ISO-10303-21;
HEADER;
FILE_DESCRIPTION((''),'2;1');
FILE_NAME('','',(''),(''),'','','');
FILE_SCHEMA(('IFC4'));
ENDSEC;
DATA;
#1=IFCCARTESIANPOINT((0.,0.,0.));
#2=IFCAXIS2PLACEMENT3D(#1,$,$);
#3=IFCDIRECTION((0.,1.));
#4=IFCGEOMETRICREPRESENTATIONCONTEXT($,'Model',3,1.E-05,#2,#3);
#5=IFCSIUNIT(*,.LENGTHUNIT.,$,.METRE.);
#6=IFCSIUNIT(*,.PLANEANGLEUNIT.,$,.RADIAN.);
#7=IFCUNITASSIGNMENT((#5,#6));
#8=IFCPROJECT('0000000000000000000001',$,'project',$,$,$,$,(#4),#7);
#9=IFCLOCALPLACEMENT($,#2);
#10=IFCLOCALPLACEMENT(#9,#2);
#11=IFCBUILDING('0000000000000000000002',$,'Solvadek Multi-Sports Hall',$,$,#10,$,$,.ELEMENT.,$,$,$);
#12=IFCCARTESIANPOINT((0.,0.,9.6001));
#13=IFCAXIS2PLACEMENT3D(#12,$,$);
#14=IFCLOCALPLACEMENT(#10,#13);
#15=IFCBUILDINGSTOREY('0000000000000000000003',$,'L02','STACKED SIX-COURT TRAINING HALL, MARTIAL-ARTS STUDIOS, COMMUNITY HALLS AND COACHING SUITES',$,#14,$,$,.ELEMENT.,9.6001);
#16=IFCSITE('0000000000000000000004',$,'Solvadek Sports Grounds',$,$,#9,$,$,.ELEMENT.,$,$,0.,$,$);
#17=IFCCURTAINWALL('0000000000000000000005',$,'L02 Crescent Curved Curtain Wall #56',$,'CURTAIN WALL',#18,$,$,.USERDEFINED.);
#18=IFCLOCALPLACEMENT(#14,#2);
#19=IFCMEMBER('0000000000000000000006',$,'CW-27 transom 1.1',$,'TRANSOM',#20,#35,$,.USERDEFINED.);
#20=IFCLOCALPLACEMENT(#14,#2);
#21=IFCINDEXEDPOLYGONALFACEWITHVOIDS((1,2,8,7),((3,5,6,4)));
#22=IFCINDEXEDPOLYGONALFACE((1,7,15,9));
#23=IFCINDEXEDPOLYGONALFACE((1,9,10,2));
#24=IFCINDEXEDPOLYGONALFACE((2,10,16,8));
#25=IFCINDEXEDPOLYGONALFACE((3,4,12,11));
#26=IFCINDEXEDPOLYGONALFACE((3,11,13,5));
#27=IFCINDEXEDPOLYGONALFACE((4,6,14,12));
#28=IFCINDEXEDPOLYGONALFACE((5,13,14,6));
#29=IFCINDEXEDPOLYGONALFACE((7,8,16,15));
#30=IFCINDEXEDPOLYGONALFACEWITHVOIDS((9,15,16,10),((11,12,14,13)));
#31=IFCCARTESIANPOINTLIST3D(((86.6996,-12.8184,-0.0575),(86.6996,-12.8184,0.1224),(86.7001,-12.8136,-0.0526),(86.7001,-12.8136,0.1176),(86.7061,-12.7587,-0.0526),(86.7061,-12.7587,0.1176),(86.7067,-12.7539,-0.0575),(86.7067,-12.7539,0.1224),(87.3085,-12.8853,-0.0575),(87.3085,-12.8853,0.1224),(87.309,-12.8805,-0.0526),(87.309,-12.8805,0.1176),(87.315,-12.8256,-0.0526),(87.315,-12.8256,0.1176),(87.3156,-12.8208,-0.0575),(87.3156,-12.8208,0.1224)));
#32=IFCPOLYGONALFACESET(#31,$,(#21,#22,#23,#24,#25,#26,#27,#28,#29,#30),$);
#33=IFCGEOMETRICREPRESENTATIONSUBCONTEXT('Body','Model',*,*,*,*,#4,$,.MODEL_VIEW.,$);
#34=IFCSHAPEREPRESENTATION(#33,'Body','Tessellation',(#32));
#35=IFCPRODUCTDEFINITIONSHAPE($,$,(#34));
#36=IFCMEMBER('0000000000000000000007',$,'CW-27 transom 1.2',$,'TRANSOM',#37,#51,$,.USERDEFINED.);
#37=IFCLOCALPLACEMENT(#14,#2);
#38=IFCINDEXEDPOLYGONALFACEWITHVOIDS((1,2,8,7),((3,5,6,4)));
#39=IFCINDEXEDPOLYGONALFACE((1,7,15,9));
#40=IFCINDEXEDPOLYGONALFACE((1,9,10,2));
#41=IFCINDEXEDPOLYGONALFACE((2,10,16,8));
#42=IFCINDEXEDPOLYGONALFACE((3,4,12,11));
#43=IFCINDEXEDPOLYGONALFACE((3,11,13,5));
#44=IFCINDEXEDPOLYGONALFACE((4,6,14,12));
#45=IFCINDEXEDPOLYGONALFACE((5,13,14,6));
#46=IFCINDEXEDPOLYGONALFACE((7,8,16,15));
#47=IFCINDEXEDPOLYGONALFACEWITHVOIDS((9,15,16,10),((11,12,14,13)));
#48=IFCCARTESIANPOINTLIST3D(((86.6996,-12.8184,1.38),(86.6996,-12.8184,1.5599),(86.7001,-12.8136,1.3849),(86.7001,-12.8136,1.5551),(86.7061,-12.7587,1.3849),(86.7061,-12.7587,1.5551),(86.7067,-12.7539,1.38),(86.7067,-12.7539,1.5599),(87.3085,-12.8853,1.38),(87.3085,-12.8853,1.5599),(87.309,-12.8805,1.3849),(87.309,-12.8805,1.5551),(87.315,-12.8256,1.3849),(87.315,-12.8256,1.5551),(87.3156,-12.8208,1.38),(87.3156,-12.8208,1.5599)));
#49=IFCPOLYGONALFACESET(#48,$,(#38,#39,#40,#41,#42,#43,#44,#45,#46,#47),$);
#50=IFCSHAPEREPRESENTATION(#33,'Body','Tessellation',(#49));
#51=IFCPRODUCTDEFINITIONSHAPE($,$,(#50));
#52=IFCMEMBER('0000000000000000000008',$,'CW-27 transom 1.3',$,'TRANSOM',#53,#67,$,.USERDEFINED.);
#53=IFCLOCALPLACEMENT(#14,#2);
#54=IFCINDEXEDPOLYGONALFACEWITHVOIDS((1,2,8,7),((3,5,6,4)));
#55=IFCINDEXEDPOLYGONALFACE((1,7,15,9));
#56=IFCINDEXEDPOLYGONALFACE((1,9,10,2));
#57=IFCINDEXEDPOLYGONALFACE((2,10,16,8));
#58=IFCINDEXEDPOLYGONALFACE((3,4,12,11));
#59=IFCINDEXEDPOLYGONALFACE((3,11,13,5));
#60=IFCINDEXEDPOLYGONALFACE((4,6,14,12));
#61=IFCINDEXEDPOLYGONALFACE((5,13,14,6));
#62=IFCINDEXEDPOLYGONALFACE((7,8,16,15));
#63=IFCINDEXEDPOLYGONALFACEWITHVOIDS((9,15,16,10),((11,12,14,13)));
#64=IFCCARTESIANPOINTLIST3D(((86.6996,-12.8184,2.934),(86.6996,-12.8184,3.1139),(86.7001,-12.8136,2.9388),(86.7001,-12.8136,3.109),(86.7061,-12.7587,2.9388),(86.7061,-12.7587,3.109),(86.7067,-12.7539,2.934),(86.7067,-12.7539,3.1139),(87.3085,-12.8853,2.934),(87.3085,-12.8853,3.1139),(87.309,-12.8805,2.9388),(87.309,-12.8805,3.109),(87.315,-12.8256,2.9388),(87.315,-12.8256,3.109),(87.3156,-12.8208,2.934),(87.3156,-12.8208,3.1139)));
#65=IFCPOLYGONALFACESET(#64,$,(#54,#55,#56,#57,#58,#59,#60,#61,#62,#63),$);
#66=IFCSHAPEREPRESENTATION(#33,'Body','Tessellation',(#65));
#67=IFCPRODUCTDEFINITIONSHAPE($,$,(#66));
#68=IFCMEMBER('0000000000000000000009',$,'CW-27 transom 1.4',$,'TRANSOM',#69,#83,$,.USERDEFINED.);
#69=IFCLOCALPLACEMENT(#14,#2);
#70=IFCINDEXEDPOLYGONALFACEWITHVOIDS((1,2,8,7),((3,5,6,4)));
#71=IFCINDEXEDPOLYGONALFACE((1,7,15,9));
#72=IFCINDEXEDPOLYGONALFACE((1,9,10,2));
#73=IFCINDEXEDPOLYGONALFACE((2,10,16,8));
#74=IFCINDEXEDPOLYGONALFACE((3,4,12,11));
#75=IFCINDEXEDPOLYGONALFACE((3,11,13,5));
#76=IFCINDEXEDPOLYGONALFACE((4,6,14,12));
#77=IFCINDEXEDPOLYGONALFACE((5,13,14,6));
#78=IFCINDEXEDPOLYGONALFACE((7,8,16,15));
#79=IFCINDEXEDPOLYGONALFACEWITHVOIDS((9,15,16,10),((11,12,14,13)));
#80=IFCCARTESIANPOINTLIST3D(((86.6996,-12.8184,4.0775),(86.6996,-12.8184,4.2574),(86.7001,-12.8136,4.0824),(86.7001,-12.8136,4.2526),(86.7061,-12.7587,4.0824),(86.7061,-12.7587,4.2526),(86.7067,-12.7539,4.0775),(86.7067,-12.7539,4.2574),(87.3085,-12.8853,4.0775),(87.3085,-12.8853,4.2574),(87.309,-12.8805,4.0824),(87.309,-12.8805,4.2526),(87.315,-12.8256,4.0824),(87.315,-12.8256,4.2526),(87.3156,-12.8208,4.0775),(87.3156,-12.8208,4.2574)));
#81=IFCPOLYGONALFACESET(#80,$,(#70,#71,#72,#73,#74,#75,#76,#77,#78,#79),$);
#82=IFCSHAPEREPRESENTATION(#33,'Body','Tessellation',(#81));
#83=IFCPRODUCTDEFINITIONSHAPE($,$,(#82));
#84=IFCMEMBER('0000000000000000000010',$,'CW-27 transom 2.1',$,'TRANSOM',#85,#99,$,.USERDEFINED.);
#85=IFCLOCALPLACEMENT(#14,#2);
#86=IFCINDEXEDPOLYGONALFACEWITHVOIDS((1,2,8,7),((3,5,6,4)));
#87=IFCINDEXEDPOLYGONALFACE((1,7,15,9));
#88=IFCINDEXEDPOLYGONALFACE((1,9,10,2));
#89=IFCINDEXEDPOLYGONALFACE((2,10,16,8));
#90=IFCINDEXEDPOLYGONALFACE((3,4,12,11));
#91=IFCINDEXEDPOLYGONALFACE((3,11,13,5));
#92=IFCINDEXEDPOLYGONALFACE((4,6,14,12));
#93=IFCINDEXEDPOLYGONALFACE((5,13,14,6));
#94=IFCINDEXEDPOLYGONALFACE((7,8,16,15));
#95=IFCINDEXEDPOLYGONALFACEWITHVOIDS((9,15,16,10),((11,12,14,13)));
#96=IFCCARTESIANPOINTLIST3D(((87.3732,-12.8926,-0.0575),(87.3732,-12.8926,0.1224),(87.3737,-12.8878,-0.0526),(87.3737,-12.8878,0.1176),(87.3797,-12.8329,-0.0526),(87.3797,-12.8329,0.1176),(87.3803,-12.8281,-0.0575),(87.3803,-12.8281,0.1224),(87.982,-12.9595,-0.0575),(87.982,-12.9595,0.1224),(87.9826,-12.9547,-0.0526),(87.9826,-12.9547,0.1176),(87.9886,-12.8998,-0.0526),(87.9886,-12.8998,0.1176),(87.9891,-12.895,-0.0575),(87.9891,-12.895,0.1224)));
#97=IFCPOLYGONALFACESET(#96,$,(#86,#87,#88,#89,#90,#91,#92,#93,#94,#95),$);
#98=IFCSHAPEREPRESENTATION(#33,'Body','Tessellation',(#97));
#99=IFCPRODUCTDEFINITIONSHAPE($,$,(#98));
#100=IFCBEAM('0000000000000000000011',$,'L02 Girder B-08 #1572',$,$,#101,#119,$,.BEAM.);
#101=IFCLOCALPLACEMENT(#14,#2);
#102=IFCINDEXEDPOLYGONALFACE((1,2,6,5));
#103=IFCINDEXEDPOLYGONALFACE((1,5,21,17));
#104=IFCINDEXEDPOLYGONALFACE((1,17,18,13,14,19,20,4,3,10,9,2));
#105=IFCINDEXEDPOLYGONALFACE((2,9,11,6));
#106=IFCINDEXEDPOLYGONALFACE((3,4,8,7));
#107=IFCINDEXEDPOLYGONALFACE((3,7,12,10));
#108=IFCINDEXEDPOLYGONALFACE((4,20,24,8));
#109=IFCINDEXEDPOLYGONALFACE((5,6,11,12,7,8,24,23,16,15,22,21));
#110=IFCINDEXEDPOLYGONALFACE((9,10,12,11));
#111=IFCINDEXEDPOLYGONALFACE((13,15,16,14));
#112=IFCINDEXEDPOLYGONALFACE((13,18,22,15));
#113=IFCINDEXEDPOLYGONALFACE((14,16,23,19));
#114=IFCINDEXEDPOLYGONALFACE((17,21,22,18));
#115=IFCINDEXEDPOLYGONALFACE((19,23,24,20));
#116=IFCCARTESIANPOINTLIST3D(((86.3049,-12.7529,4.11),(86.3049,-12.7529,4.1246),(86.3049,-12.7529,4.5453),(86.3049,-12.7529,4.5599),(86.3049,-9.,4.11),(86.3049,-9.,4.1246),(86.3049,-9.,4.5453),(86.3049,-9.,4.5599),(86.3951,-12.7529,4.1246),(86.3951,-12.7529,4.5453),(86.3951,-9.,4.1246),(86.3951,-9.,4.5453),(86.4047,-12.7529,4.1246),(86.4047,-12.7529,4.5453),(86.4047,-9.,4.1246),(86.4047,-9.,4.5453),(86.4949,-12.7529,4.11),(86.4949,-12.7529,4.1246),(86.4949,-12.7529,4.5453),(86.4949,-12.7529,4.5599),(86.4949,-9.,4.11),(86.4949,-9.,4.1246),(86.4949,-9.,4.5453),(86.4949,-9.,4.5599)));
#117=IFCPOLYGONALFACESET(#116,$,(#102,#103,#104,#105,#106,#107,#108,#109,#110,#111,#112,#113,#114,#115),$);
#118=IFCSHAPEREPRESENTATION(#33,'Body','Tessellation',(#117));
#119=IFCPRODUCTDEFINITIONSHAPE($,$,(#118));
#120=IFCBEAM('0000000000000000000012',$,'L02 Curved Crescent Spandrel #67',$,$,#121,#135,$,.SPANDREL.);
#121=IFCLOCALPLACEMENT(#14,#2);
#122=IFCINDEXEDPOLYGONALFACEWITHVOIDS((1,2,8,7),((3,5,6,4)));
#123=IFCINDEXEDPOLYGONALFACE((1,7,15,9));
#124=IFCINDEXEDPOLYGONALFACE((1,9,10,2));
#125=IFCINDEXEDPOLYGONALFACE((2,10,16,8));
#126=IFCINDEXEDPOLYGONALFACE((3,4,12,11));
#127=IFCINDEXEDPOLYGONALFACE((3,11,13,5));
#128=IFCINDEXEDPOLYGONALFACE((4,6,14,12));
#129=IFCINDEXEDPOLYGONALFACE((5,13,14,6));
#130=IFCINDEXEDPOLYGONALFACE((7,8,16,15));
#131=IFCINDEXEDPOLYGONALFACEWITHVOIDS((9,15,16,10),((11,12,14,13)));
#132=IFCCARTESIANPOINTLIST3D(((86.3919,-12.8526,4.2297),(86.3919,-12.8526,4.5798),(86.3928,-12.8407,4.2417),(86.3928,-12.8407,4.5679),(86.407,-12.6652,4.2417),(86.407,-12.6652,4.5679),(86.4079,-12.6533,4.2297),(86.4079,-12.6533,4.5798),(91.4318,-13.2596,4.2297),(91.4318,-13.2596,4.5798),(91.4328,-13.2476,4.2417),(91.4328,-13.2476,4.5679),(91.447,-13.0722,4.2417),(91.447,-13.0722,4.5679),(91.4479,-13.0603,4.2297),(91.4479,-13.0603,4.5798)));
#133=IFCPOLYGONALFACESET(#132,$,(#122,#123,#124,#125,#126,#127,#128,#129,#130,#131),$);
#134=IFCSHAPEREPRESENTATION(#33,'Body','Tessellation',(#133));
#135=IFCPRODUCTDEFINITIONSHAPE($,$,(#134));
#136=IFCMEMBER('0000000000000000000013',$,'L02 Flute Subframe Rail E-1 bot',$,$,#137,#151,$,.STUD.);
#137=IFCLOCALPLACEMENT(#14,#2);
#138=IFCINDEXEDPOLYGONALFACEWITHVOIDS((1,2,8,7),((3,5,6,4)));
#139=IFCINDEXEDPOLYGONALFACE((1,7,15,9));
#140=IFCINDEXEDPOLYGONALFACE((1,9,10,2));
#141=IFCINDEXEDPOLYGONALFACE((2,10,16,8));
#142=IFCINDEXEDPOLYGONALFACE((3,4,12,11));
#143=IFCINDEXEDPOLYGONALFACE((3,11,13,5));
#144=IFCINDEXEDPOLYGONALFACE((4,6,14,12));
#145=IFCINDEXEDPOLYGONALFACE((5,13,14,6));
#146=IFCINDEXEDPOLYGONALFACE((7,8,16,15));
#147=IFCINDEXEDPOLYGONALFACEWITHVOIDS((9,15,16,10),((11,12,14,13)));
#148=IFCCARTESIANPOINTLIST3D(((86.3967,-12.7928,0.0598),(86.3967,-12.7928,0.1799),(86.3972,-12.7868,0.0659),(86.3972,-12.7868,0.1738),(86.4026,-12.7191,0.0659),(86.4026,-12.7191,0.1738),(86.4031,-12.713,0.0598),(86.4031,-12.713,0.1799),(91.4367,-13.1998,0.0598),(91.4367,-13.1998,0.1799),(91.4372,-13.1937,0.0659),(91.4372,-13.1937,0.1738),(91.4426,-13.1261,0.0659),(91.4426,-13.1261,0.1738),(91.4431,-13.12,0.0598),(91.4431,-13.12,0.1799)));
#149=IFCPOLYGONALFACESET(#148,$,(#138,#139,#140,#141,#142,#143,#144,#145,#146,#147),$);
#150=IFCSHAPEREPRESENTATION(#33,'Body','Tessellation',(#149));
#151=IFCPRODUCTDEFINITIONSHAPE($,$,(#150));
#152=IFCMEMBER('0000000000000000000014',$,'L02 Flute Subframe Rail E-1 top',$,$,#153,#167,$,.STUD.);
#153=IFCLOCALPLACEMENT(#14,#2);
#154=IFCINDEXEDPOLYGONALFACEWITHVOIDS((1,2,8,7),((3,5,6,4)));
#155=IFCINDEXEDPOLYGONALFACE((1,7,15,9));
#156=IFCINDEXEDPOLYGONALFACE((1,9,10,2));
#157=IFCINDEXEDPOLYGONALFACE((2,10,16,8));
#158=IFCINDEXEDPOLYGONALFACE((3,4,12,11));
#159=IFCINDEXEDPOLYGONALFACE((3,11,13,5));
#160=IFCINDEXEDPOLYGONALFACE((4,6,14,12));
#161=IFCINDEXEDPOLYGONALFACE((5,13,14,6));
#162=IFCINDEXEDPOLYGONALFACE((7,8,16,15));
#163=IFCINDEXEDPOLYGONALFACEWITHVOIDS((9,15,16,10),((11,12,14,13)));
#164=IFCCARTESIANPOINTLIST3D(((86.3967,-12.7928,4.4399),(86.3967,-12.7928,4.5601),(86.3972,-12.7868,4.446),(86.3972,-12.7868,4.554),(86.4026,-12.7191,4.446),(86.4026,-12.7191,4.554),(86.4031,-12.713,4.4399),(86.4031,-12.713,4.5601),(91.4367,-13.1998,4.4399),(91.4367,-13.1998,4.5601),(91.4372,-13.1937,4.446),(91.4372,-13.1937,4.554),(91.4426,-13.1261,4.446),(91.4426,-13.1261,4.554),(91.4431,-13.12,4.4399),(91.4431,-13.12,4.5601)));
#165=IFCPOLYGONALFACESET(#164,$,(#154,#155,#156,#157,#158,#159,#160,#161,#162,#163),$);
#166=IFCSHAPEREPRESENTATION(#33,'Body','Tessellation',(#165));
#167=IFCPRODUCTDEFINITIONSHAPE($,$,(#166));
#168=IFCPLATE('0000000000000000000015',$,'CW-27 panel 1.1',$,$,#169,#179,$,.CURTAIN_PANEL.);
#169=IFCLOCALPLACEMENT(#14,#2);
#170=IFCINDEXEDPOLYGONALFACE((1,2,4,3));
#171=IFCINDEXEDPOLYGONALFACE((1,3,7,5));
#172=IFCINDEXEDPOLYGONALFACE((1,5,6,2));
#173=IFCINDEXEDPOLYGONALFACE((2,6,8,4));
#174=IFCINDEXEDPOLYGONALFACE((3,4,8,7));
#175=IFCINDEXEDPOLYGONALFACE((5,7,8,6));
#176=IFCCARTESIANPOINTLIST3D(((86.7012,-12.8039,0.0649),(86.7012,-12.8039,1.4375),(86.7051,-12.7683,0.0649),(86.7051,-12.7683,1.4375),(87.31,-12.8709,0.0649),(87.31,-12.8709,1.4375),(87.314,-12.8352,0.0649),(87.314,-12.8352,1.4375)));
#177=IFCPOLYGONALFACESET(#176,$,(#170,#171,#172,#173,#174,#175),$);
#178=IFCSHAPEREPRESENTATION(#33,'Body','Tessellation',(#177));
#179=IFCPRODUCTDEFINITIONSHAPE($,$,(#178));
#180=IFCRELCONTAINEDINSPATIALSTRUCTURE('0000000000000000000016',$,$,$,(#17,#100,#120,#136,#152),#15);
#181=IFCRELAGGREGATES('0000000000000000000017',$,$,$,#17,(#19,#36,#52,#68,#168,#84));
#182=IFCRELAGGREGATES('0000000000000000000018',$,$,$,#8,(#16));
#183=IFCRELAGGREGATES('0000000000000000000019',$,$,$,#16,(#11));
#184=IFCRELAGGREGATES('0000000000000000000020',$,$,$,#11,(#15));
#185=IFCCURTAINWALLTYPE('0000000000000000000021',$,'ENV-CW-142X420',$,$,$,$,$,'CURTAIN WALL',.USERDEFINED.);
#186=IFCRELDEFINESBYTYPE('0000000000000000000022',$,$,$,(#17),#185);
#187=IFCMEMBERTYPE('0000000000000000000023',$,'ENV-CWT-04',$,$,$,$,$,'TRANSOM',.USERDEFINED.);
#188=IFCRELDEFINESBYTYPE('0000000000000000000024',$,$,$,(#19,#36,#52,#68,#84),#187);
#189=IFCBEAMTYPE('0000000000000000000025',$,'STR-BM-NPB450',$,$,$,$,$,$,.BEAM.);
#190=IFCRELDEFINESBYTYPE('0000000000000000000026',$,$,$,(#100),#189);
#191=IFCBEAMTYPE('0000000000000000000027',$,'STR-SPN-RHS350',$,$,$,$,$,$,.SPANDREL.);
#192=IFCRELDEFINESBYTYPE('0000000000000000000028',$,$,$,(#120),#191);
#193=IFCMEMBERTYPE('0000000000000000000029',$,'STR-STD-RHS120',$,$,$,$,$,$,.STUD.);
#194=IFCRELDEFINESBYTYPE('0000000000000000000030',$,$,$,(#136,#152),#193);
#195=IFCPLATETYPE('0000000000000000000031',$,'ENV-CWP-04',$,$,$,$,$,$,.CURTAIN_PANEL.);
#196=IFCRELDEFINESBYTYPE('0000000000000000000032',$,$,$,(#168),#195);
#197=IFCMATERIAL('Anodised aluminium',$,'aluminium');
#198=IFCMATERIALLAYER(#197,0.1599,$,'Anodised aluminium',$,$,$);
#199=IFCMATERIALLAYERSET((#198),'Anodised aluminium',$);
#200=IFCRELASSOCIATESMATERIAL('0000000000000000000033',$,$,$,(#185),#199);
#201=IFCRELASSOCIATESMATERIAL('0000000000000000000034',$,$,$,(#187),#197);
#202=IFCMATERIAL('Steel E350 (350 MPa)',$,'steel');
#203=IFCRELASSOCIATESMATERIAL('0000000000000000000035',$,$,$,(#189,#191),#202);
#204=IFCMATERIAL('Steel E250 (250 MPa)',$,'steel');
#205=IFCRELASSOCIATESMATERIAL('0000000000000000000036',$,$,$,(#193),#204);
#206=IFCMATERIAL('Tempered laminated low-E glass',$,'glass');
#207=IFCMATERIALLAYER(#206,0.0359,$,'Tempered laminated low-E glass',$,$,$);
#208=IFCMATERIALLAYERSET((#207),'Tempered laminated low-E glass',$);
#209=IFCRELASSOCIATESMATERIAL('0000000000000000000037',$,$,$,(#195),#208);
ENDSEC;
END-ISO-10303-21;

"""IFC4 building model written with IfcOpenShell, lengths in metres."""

from ifc_helpers import new_model, si_unit, direction, frame, origin, origin_2d, place, context, subcontext, project, spatial, rectangle, hollow_rectangle, i_section, extrude, material, layer, layer_set, material_profile, profile_set, type_object, element, aggregate, save


model = new_model("IFC4")

# Units and contexts
model_context = context("Model", 3, precision=1e-05, world=origin(), true_north=direction((0.0, 1.0)))
body_context = subcontext(model_context, "Body", "Model", "MODEL_VIEW")
ifc_project = project(units=[si_unit("LENGTHUNIT", "METRE"), si_unit("PLANEANGLEUNIT", "RADIAN")], contexts=[model_context])

# Site, building, storey
site_placement = place(None, origin())
site = spatial("IfcSite", under=ifc_project, at=site_placement, Name="Solvadek Sports Grounds", CompositionType="ELEMENT", RefElevation=0.0)
building_placement = place(site_placement, origin())
building = spatial("IfcBuilding", under=site, at=building_placement, Name="Solvadek Multi-Sports Hall", CompositionType="ELEMENT")
storey_placement = place(building_placement, frame((0.0, 0.0, 9.6001)))
storey = spatial("IfcBuildingStorey", under=building, at=storey_placement, Name="L02", Description="STACKED SIX-COURT TRAINING HALL, MARTIAL-ARTS STUDIOS, COMMUNITY HALLS AND COACHING SUITES", CompositionType="ELEMENT", Elevation=9.6001)

# Shared definitions
ifc_material_1 = material(Name="Steel E350 (350 MPa)", Category="steel")

# Curtain wall
ifc_material_2 = material(Name="Anodised aluminium", Category="aluminium")
ifc_layer_1 = layer(ifc_material_2, 0.1599, Name="Anodised aluminium")
ifc_layer_set_1 = layer_set([ifc_layer_1], Name="Anodised aluminium")
curtain_wall_type_1 = type_object("IfcCurtainWallType", Name="ENV-CW-142X420", ElementType="CURTAIN WALL", PredefinedType="USERDEFINED", material=ifc_layer_set_1)
curtain_wall_1_placement = place(storey_placement, origin())
curtain_wall_1 = element("IfcCurtainWall", 1, at=curtain_wall_1_placement, inside=storey, type_object=curtain_wall_type_1, Name="L02 Crescent Curved Curtain Wall #56", ObjectType="CURTAIN WALL", PredefinedType="USERDEFINED")

# Members
ifc_material_profile_1 = material_profile(ifc_material_2, hollow_rectangle(XDim=0.0649, YDim=0.1799, WallThickness=0.0049, at=origin_2d()), Name="ALU-T 180x65x5")
ifc_profile_set_1 = profile_set([ifc_material_profile_1], Name="Anodised aluminium")
member_type_1 = type_object("IfcMemberType", Name="ENV-CWT-04", ElementType="TRANSOM", PredefinedType="USERDEFINED", material=ifc_profile_set_1)
member_1_placement = place(storey_placement, frame((86.7031, -12.7861, 0.0325), z_axis=(0.994019, -0.109207, 0.0), x_axis=(0.109207, 0.994019, 0.0)))
member_1 = element("IfcMember", 2, at=member_1_placement, type_object=member_type_1, Name="CW-27 transom 1.1", ObjectType="TRANSOM", PredefinedType="USERDEFINED", context=body_context, shape_type="SweptSolid", body=[
    extrude(hollow_rectangle(XDim=0.0649, YDim=0.1799, WallThickness=0.0049, at=origin_2d()), origin(), (0.0, 0.0, 1.0), 0.6125),
])
member_2_placement = place(storey_placement, frame((86.7031, -12.7861, 1.47), z_axis=(0.994019, -0.109207, 0.0), x_axis=(0.109207, 0.994019, 0.0)))
member_2 = element("IfcMember", 3, at=member_2_placement, type_object=member_type_1, Name="CW-27 transom 1.2", ObjectType="TRANSOM", PredefinedType="USERDEFINED", context=body_context, shape_type="SweptSolid", body=[
    extrude(hollow_rectangle(XDim=0.0649, YDim=0.1799, WallThickness=0.0049, at=origin_2d()), origin(), (0.0, 0.0, 1.0), 0.6125),
])
member_3_placement = place(storey_placement, frame((86.7031, -12.7861, 3.0239), z_axis=(0.994019, -0.109207, 0.0), x_axis=(0.109207, 0.994019, 0.0)))
member_3 = element("IfcMember", 4, at=member_3_placement, type_object=member_type_1, Name="CW-27 transom 1.3", ObjectType="TRANSOM", PredefinedType="USERDEFINED", context=body_context, shape_type="SweptSolid", body=[
    extrude(hollow_rectangle(XDim=0.0649, YDim=0.1799, WallThickness=0.0049, at=origin_2d()), origin(), (0.0, 0.0, 1.0), 0.6125),
])
member_4_placement = place(storey_placement, frame((86.7031, -12.7861, 4.1675), z_axis=(0.994019, -0.109207, 0.0), x_axis=(0.109207, 0.994019, 0.0)))
member_4 = element("IfcMember", 5, at=member_4_placement, type_object=member_type_1, Name="CW-27 transom 1.4", ObjectType="TRANSOM", PredefinedType="USERDEFINED", context=body_context, shape_type="SweptSolid", body=[
    extrude(hollow_rectangle(XDim=0.0649, YDim=0.1799, WallThickness=0.0049, at=origin_2d()), origin(), (0.0, 0.0, 1.0), 0.6125),
])
member_5_placement = place(storey_placement, frame((87.3767, -12.8604, 0.0325), z_axis=(0.994019, -0.109207, 0.0), x_axis=(0.109207, 0.994019, 0.0)))
member_5 = element("IfcMember", 6, at=member_5_placement, type_object=member_type_1, Name="CW-27 transom 2.1", ObjectType="TRANSOM", PredefinedType="USERDEFINED", context=body_context, shape_type="SweptSolid", body=[
    extrude(hollow_rectangle(XDim=0.0649, YDim=0.1799, WallThickness=0.0049, at=origin_2d()), origin(), (0.0, 0.0, 1.0), 0.6125),
])

# Beams
ifc_material_profile_2 = material_profile(ifc_material_1, i_section(OverallWidth=0.1899, OverallDepth=0.45, WebThickness=0.0095, FlangeThickness=0.0146, at=origin_2d()), Name="NPB 450")
ifc_profile_set_2 = profile_set([ifc_material_profile_2], Name="Steel E350 (350 MPa)")
beam_type_1 = type_object("IfcBeamType", Name="STR-BM-NPB450", PredefinedType="BEAM", material=ifc_profile_set_2)
beam_1_placement = place(storey_placement, frame((86.3999, -12.7529, 4.335), z_axis=(0.0, 1.0, 0.0), x_axis=(-1.0, 0.0, 0.0)))
element("IfcBeam", 7, at=beam_1_placement, inside=storey, type_object=beam_type_1, Name="L02 Girder B-08 #1572", PredefinedType="BEAM", context=body_context, shape_type="SweptSolid", body=[
    extrude(i_section(OverallWidth=0.1899, OverallDepth=0.45, WebThickness=0.0095, FlangeThickness=0.0146, at=origin_2d()), origin(), (0.0, 0.0, 1.0), 3.7529),
])
ifc_material_profile_3 = material_profile(ifc_material_1, hollow_rectangle(XDim=0.2, YDim=0.3501, WallThickness=0.012, at=origin_2d()), Name="RHS 350x200x12")
ifc_profile_set_3 = profile_set([ifc_material_profile_3], Name="Steel E350 (350 MPa)")
beam_type_2 = type_object("IfcBeamType", Name="STR-SPN-RHS350", PredefinedType="SPANDREL", material=ifc_profile_set_3)
beam_2_placement = place(storey_placement, frame((86.3999, -12.7529, 4.4048), z_axis=(0.996756, -0.080488, 0.0), x_axis=(0.080488, 0.996756, 0.0)))
element("IfcBeam", 8, at=beam_2_placement, inside=storey, type_object=beam_type_2, Name="L02 Curved Crescent Spandrel #67", PredefinedType="SPANDREL", context=body_context, shape_type="SweptSolid", body=[
    extrude(hollow_rectangle(XDim=0.2, YDim=0.3501, WallThickness=0.012, at=origin_2d()), origin(), (0.0, 0.0, 1.0), 5.0564),
])

# Members
ifc_material_3 = material(Name="Steel E250 (250 MPa)", Category="steel")
ifc_material_profile_4 = material_profile(ifc_material_3, hollow_rectangle(XDim=0.0801, YDim=0.1201, WallThickness=0.0061, at=origin_2d()), Name="RHS 120x80x6")
ifc_profile_set_4 = profile_set([ifc_material_profile_4], Name="Steel E250 (250 MPa)")
member_type_2 = type_object("IfcMemberType", Name="STR-STD-RHS120", PredefinedType="STUD", material=ifc_profile_set_4)
for number, where, z_axis, x_axis, name in (
    (9, (86.3999, -12.7529, 0.1199), (0.996756, -0.080488, 0.0), (0.080488, 0.996756, 0.0), "L02 Flute Subframe Rail E-1 bot"),
    (10, (86.3999, -12.7529, 4.5), (0.996756, -0.080488, 0.0), (0.080488, 0.996756, 0.0), "L02 Flute Subframe Rail E-1 top"),
):
    element("IfcMember", number, at=place(storey_placement, frame(where, z_axis=z_axis, x_axis=x_axis)), inside=storey, type_object=member_type_2, Name=name, PredefinedType="STUD", context=body_context, shape_type="SweptSolid", body=[
        extrude(hollow_rectangle(XDim=0.0801, YDim=0.1201, WallThickness=0.0061, at=origin_2d()), origin(), (0.0, 0.0, 1.0), 5.0564),
    ])

# Plate
ifc_material_4 = material(Name="Tempered laminated low-E glass", Category="glass")
ifc_layer_2 = layer(ifc_material_4, 0.0359, Name="Tempered laminated low-E glass")
ifc_layer_set_2 = layer_set([ifc_layer_2], Name="Tempered laminated low-E glass")
plate_type_1 = type_object("IfcPlateType", Name="ENV-CWP-04", PredefinedType="CURTAIN_PANEL", material=ifc_layer_set_2)
plate_1_placement = place(storey_placement, frame((87.0076, -12.8196, 0.0649), z_axis=(0.0, 0.0, 1.0), x_axis=(0.99401, -0.109288, 0.0)))
plate_1 = element("IfcPlate", 11, at=plate_1_placement, type_object=plate_type_1, Name="CW-27 panel 1.1", PredefinedType="CURTAIN_PANEL", context=body_context, shape_type="SweptSolid", body=[
    extrude(rectangle(XDim=0.6125, YDim=0.0359, at=origin_2d()), origin(), (0.0, 0.0, 1.0), 1.3726),
])
aggregate(curtain_wall_1, [member_1, member_2, member_3, member_4, plate_1, member_5])

save(model, "model.ifc")
